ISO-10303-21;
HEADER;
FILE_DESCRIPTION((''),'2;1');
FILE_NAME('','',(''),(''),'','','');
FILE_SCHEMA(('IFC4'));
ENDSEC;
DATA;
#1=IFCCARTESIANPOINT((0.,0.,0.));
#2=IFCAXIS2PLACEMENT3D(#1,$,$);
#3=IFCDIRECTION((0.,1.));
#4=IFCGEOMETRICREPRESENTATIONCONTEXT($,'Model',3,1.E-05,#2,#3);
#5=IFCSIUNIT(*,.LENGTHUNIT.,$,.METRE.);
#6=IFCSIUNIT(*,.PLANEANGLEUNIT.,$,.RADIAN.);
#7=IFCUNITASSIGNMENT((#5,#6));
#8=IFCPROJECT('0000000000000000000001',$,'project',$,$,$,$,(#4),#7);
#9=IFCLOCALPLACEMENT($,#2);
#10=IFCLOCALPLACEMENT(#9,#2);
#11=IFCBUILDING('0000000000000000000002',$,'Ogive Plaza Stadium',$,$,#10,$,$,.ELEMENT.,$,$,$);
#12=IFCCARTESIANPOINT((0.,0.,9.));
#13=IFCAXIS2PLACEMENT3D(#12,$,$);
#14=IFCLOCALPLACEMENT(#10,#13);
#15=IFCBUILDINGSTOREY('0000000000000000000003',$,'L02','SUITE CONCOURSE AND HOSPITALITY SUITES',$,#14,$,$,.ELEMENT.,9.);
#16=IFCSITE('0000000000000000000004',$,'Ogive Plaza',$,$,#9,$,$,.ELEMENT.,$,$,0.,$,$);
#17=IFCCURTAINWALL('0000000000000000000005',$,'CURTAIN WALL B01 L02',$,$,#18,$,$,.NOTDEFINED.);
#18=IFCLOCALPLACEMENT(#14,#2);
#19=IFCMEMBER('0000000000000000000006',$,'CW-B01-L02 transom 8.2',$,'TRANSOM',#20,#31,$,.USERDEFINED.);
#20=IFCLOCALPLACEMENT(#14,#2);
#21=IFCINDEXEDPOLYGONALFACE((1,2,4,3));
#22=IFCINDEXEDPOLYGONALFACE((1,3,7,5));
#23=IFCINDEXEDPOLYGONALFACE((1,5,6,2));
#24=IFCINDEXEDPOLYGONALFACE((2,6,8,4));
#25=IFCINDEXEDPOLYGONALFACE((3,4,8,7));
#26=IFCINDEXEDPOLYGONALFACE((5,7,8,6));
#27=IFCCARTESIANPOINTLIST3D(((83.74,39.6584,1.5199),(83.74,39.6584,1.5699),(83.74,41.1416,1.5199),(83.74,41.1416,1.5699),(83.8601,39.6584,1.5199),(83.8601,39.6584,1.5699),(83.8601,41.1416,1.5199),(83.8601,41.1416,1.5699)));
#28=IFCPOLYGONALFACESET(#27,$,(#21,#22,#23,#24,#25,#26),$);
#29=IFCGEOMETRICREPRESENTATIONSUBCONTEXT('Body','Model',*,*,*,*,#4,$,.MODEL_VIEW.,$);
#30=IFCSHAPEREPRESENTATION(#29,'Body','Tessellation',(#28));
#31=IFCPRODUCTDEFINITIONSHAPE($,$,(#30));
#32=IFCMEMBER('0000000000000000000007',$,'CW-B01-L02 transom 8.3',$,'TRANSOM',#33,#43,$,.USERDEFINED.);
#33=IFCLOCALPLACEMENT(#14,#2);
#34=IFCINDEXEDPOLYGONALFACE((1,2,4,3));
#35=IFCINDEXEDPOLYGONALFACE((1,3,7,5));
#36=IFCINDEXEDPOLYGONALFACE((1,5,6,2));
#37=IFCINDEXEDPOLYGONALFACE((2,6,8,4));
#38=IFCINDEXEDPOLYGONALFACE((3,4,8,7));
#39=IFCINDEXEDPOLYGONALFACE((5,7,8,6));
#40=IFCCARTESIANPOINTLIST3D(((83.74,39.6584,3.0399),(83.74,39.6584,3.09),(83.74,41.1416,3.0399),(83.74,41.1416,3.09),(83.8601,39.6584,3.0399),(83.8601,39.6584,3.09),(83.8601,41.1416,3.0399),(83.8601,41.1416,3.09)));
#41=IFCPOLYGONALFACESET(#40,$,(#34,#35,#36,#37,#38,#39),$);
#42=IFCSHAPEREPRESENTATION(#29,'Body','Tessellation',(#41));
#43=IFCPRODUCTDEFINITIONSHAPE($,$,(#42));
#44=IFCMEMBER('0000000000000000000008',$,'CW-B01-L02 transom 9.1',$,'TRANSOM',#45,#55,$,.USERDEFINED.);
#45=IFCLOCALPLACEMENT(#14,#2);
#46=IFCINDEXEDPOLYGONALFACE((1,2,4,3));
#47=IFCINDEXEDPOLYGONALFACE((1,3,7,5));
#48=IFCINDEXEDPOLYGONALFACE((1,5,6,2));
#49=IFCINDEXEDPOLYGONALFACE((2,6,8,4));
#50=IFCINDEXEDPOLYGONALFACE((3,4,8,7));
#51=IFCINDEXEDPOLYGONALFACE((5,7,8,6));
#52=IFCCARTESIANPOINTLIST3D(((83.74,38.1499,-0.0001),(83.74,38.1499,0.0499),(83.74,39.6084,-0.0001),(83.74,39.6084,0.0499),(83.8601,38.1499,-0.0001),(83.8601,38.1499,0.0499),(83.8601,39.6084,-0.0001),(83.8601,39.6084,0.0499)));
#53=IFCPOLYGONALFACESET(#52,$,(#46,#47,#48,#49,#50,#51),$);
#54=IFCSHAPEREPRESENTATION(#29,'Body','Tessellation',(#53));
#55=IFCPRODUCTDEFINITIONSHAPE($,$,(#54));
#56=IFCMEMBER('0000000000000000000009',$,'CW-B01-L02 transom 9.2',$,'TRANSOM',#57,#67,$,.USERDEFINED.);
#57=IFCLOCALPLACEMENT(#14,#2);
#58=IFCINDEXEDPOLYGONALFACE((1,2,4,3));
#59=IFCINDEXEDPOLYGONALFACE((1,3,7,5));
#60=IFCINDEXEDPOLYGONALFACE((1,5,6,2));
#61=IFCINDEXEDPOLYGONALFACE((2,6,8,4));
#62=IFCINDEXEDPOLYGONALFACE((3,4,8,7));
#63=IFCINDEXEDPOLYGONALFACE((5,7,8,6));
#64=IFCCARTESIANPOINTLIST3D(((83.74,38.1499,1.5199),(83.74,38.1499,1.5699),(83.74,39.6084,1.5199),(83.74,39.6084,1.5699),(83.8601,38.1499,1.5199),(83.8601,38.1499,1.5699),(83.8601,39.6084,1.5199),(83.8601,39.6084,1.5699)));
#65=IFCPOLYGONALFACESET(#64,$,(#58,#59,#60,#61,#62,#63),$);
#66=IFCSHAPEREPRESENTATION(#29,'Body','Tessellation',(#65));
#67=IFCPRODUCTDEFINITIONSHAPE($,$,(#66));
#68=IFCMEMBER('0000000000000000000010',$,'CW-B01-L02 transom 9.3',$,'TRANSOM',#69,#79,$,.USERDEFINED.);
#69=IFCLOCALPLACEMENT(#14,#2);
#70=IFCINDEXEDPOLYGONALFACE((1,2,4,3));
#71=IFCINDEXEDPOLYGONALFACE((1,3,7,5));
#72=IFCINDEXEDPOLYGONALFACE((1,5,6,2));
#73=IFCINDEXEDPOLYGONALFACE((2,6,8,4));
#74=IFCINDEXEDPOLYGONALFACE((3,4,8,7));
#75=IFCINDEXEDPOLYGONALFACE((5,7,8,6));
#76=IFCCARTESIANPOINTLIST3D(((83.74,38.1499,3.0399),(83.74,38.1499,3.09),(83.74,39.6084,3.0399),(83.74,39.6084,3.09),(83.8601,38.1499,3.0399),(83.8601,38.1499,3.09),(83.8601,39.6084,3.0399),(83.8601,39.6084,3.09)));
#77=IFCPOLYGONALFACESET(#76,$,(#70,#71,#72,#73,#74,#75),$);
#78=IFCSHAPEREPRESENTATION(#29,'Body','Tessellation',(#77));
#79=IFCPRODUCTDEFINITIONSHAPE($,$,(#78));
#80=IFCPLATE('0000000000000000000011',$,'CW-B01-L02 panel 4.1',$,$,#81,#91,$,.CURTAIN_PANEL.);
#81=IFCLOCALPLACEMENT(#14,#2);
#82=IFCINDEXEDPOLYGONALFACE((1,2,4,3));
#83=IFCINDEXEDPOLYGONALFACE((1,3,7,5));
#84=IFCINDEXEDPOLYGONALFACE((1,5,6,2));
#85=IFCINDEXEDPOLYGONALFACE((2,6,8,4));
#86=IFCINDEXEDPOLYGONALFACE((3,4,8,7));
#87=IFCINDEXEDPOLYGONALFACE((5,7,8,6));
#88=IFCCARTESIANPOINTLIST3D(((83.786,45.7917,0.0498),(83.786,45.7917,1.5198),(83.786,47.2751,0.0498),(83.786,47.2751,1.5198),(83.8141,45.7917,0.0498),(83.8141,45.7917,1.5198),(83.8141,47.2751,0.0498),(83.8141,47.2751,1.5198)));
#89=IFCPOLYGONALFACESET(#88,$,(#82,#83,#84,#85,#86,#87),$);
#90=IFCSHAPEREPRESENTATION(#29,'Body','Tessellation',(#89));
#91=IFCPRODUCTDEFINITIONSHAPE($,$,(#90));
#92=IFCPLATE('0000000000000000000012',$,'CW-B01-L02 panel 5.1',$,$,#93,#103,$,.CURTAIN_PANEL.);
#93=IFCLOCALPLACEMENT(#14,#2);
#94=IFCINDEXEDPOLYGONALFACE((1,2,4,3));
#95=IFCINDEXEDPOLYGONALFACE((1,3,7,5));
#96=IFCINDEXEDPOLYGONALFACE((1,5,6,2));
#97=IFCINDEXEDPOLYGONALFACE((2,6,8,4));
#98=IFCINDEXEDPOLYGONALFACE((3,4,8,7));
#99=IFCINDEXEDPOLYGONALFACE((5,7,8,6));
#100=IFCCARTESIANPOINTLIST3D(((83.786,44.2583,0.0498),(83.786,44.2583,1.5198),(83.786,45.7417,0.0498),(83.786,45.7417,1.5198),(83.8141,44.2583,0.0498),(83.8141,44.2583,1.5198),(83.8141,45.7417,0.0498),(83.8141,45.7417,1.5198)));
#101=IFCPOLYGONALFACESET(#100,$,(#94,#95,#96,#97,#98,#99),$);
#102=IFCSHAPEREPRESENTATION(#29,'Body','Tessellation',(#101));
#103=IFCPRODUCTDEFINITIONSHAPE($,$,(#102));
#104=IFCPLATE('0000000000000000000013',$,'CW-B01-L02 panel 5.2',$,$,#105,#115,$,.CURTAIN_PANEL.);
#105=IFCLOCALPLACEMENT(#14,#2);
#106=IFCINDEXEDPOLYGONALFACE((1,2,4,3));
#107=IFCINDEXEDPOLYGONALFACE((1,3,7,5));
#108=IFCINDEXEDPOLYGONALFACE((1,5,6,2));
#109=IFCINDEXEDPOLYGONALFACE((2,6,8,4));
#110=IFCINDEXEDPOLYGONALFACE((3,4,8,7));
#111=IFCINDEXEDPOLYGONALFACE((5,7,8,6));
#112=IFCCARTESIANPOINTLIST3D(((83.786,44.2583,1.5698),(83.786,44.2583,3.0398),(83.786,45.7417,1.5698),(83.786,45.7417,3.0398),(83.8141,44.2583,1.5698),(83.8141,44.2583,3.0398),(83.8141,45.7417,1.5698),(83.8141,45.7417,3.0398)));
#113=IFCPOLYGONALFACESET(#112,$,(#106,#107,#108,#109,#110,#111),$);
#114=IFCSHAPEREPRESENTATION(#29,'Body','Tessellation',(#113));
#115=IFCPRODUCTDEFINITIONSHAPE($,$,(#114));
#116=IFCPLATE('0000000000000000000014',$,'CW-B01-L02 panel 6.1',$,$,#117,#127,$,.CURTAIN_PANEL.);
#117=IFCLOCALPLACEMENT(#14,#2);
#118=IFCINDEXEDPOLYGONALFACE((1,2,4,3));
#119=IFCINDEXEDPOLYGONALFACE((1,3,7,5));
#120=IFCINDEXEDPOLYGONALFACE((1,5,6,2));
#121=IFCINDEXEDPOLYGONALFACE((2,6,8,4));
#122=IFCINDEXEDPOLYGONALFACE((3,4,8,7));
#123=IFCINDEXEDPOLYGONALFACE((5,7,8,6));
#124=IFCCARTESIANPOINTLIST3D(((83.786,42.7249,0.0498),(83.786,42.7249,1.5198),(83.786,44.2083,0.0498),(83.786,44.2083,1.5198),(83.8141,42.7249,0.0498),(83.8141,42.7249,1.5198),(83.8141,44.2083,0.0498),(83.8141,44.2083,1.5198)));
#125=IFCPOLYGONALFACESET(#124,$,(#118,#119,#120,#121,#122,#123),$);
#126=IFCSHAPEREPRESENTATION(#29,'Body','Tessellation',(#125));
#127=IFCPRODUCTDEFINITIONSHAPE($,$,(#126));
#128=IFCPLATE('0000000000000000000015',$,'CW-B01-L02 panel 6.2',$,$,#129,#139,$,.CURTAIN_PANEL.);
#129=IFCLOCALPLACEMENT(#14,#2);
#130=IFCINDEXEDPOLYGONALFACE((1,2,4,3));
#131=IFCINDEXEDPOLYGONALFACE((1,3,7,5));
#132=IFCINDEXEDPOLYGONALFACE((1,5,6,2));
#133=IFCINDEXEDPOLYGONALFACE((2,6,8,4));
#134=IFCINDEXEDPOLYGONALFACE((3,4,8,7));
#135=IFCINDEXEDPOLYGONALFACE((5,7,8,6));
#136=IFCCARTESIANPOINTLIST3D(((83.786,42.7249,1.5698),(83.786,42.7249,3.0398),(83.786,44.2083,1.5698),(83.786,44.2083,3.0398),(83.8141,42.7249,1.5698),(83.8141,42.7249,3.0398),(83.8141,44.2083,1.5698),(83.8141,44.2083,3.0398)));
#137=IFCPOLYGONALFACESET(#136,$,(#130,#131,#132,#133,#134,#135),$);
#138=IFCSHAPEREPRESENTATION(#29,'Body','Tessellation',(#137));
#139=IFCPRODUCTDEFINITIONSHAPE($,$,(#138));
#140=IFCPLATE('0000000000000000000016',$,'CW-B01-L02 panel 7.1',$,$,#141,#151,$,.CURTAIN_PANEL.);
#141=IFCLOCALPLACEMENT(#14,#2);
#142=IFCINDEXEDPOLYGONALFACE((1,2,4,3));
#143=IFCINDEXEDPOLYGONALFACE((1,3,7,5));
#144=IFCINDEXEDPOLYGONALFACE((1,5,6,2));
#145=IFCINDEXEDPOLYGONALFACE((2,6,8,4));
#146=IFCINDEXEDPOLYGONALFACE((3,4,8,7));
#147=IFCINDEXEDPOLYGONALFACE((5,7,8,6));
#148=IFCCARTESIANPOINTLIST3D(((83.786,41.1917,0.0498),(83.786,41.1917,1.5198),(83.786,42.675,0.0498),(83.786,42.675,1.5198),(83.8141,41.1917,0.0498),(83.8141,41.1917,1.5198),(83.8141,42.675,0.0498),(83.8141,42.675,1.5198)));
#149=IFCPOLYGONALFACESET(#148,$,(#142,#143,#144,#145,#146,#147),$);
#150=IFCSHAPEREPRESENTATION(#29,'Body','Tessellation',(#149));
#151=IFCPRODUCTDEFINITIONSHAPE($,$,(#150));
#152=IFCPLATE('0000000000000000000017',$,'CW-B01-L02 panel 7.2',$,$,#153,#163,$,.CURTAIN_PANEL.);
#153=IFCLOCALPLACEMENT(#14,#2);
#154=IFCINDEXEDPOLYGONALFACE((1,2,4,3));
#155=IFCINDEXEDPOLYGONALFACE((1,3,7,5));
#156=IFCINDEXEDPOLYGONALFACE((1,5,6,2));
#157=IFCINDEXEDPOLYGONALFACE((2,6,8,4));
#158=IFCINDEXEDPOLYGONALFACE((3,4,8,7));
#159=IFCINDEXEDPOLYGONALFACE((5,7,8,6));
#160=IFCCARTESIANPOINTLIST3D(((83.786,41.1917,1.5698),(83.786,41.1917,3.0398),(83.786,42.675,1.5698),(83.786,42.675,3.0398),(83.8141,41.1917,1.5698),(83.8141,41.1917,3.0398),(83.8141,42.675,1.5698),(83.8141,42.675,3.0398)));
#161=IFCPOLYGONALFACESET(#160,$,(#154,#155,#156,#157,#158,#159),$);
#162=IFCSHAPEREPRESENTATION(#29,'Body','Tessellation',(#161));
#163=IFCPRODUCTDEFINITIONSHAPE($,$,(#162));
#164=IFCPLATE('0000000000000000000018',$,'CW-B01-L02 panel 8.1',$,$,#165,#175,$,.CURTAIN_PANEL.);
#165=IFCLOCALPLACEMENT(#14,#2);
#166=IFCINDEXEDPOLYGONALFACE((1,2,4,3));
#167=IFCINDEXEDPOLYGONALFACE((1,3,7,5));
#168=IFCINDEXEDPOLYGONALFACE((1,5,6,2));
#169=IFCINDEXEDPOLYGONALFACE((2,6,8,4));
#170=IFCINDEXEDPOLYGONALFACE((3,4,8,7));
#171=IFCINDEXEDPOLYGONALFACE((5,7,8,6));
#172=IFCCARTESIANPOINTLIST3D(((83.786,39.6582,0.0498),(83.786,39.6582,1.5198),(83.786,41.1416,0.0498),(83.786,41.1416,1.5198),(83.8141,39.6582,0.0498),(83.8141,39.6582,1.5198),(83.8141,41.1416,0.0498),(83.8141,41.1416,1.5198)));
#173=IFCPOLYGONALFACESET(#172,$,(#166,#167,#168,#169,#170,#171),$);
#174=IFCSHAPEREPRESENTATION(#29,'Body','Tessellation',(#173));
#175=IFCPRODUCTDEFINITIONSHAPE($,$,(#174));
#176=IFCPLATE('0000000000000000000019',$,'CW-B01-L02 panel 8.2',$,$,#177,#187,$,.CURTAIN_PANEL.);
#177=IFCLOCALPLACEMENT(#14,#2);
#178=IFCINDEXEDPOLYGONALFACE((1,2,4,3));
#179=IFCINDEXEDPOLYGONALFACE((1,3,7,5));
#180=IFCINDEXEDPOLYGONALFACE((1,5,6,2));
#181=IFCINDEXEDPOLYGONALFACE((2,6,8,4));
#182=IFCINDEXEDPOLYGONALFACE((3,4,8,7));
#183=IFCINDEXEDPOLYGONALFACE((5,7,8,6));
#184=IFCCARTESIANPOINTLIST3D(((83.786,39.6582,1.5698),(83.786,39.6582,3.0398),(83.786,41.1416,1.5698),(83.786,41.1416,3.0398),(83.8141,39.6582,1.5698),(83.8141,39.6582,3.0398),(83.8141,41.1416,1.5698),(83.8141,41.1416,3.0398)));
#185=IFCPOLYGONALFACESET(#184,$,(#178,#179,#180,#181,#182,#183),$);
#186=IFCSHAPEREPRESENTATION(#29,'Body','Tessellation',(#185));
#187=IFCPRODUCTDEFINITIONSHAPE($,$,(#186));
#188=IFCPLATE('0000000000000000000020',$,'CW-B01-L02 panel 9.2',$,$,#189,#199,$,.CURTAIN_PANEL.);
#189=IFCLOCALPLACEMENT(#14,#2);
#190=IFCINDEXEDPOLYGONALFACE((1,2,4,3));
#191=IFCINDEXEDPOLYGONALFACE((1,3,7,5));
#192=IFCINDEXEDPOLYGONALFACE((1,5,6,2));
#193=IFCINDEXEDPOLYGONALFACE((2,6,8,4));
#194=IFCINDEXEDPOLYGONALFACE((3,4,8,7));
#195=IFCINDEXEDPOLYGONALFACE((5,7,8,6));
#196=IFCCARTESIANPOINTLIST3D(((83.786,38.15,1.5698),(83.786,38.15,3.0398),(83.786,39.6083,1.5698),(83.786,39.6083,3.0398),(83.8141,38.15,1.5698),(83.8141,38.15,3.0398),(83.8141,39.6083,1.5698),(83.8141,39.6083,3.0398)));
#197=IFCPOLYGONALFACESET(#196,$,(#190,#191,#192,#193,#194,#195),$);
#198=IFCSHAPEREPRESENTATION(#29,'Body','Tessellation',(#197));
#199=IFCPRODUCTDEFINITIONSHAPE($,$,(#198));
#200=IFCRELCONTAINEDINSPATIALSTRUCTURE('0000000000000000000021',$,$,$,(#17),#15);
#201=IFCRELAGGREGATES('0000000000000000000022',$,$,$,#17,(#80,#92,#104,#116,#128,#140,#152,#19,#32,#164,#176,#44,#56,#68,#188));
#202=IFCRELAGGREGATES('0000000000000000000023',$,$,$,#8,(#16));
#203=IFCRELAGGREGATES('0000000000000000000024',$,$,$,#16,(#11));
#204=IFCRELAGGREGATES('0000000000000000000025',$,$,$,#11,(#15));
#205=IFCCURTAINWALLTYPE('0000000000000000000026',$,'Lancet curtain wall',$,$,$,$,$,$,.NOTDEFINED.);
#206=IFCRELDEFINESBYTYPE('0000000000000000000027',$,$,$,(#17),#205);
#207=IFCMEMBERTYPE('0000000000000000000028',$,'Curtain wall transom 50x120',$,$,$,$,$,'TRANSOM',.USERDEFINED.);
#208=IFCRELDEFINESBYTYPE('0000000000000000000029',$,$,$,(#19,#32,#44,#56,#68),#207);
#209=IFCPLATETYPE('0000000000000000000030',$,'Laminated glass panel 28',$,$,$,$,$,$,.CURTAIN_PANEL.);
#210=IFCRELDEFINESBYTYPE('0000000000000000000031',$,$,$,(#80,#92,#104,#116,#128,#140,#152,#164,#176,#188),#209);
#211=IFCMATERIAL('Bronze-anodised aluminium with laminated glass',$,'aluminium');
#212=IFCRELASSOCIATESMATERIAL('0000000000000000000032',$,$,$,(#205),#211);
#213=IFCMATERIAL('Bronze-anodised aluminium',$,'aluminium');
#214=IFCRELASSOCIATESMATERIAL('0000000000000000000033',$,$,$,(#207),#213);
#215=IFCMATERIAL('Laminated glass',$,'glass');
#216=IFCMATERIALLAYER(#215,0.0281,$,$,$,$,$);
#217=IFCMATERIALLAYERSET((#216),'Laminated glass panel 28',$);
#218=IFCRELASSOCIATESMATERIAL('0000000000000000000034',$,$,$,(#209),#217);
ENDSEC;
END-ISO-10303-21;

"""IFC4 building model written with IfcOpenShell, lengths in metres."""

from ifc_helpers import new_model, si_unit, direction, frame, origin, origin_2d, place, context, subcontext, project, spatial, rectangle, extrude, material, layer, layer_set, material_profile, profile_set, type_object, element, aggregate, save


model = new_model("IFC4")

# Units and contexts
model_context = context("Model", 3, precision=1e-05, world=origin(), true_north=direction((0.0, 1.0)))
body_context = subcontext(model_context, "Body", "Model", "MODEL_VIEW")
ifc_project = project(units=[si_unit("LENGTHUNIT", "METRE"), si_unit("PLANEANGLEUNIT", "RADIAN")], contexts=[model_context])

# Site, building, storey
site_placement = place(None, origin())
site = spatial("IfcSite", under=ifc_project, at=site_placement, Name="Ogive Plaza", CompositionType="ELEMENT", RefElevation=0.0)
building_placement = place(site_placement, origin())
building = spatial("IfcBuilding", under=site, at=building_placement, Name="Ogive Plaza Stadium", CompositionType="ELEMENT")
storey_placement = place(building_placement, frame((0.0, 0.0, 9.0)))
storey = spatial("IfcBuildingStorey", under=building, at=storey_placement, Name="L02", Description="SUITE CONCOURSE AND HOSPITALITY SUITES", CompositionType="ELEMENT", Elevation=9.0)

# Curtain wall, members, plates
ifc_material_1 = material(Name="Bronze-anodised aluminium with laminated glass", Category="aluminium")
curtain_wall_type = type_object("IfcCurtainWallType", Name="Lancet curtain wall", PredefinedType="NOTDEFINED", material=ifc_material_1)
curtain_wall_placement = place(storey_placement, origin())
curtain_wall = element("IfcCurtainWall", 1, at=curtain_wall_placement, inside=storey, type_object=curtain_wall_type, Name="CURTAIN WALL B01 L02", PredefinedType="NOTDEFINED")
ifc_material_2 = material(Name="Bronze-anodised aluminium", Category="aluminium")
ifc_material_profile_1 = material_profile(ifc_material_2, rectangle(XDim=0.1201, YDim=0.05, at=origin_2d()), Name="AL 120x50")
ifc_profile_set_1 = profile_set([ifc_material_profile_1], Name="Bronze-anodised aluminium")
member_type_1 = type_object("IfcMemberType", Name="Curtain wall transom 50x120", ElementType="TRANSOM", PredefinedType="USERDEFINED", material=ifc_profile_set_1)
member_1_placement = place(storey_placement, frame((83.8, 41.1416, 1.5449), z_axis=(0.0, -1.0, 0.0), x_axis=(1.0, 0.0, 0.0)))
member_1 = element("IfcMember", 2, at=member_1_placement, type_object=member_type_1, Name="CW-B01-L02 transom 8.2", ObjectType="TRANSOM", PredefinedType="USERDEFINED", context=body_context, shape_type="SweptSolid", body=[
    extrude(rectangle(XDim=0.1201, YDim=0.05, at=origin_2d()), origin(), (0.0, 0.0, 1.0), 1.4832),
])
member_2_placement = place(storey_placement, frame((83.8, 41.1416, 3.0649), z_axis=(0.0, -1.0, 0.0), x_axis=(1.0, 0.0, 0.0)))
member_2 = element("IfcMember", 3, at=member_2_placement, type_object=member_type_1, Name="CW-B01-L02 transom 8.3", ObjectType="TRANSOM", PredefinedType="USERDEFINED", context=body_context, shape_type="SweptSolid", body=[
    extrude(rectangle(XDim=0.1201, YDim=0.05, at=origin_2d()), origin(), (0.0, 0.0, 1.0), 1.4832),
])
member_3_placement = place(storey_placement, frame((83.8, 39.6084, 0.0249), z_axis=(0.0, -1.0, 0.0), x_axis=(1.0, 0.0, 0.0)))
member_3 = element("IfcMember", 4, at=member_3_placement, type_object=member_type_1, Name="CW-B01-L02 transom 9.1", ObjectType="TRANSOM", PredefinedType="USERDEFINED", context=body_context, shape_type="SweptSolid", body=[
    extrude(rectangle(XDim=0.1201, YDim=0.05, at=origin_2d()), origin(), (0.0, 0.0, 1.0), 1.4585),
])
member_4_placement = place(storey_placement, frame((83.8, 39.6084, 1.5449), z_axis=(0.0, -1.0, 0.0), x_axis=(1.0, 0.0, 0.0)))
member_4 = element("IfcMember", 5, at=member_4_placement, type_object=member_type_1, Name="CW-B01-L02 transom 9.2", ObjectType="TRANSOM", PredefinedType="USERDEFINED", context=body_context, shape_type="SweptSolid", body=[
    extrude(rectangle(XDim=0.1201, YDim=0.05, at=origin_2d()), origin(), (0.0, 0.0, 1.0), 1.4585),
])
member_5_placement = place(storey_placement, frame((83.8, 39.6084, 3.0649), z_axis=(0.0, -1.0, 0.0), x_axis=(1.0, 0.0, 0.0)))
member_5 = element("IfcMember", 6, at=member_5_placement, type_object=member_type_1, Name="CW-B01-L02 transom 9.3", ObjectType="TRANSOM", PredefinedType="USERDEFINED", context=body_context, shape_type="SweptSolid", body=[
    extrude(rectangle(XDim=0.1201, YDim=0.05, at=origin_2d()), origin(), (0.0, 0.0, 1.0), 1.4585),
])
ifc_material_3 = material(Name="Laminated glass", Category="glass")
ifc_layer_1 = layer(ifc_material_3, 0.0281)
ifc_layer_set_1 = layer_set([ifc_layer_1], Name="Laminated glass panel 28")
plate_type = type_object("IfcPlateType", Name="Laminated glass panel 28", PredefinedType="CURTAIN_PANEL", material=ifc_layer_set_1)
plate_1_placement = place(storey_placement, frame((83.8, 46.5334, 0.0498), z_axis=(0.0, 0.0, 1.0), x_axis=(0.0, -1.0, 0.0)))
plate_1 = element("IfcPlate", 7, at=plate_1_placement, type_object=plate_type, Name="CW-B01-L02 panel 4.1", PredefinedType="CURTAIN_PANEL", context=body_context, shape_type="SweptSolid", body=[
    extrude(rectangle(XDim=1.4834, YDim=0.0281, at=origin_2d()), origin(), (0.0, 0.0, 1.0), 1.47),
])
plate_2_placement = place(storey_placement, frame((83.8, 45.0, 0.0498), z_axis=(0.0, 0.0, 1.0), x_axis=(0.0, -1.0, 0.0)))
plate_2 = element("IfcPlate", 8, at=plate_2_placement, type_object=plate_type, Name="CW-B01-L02 panel 5.1", PredefinedType="CURTAIN_PANEL", context=body_context, shape_type="SweptSolid", body=[
    extrude(rectangle(XDim=1.4834, YDim=0.0281, at=origin_2d()), origin(), (0.0, 0.0, 1.0), 1.47),
])
plate_3_placement = place(storey_placement, frame((83.8, 45.0, 1.5698), z_axis=(0.0, 0.0, 1.0), x_axis=(0.0, -1.0, 0.0)))
plate_3 = element("IfcPlate", 9, at=plate_3_placement, type_object=plate_type, Name="CW-B01-L02 panel 5.2", PredefinedType="CURTAIN_PANEL", context=body_context, shape_type="SweptSolid", body=[
    extrude(rectangle(XDim=1.4834, YDim=0.0281, at=origin_2d()), origin(), (0.0, 0.0, 1.0), 1.47),
])
plate_4_placement = place(storey_placement, frame((83.8, 43.4666, 0.0498), z_axis=(0.0, 0.0, 1.0), x_axis=(0.0, -1.0, 0.0)))
plate_4 = element("IfcPlate", 10, at=plate_4_placement, type_object=plate_type, Name="CW-B01-L02 panel 6.1", PredefinedType="CURTAIN_PANEL", context=body_context, shape_type="SweptSolid", body=[
    extrude(rectangle(XDim=1.4834, YDim=0.0281, at=origin_2d()), origin(), (0.0, 0.0, 1.0), 1.47),
])
plate_5_placement = place(storey_placement, frame((83.8, 43.4666, 1.5698), z_axis=(0.0, 0.0, 1.0), x_axis=(0.0, -1.0, 0.0)))
plate_5 = element("IfcPlate", 11, at=plate_5_placement, type_object=plate_type, Name="CW-B01-L02 panel 6.2", PredefinedType="CURTAIN_PANEL", context=body_context, shape_type="SweptSolid", body=[
    extrude(rectangle(XDim=1.4834, YDim=0.0281, at=origin_2d()), origin(), (0.0, 0.0, 1.0), 1.47),
])
plate_6_placement = place(storey_placement, frame((83.8, 41.9333, 0.0498), z_axis=(0.0, 0.0, 1.0), x_axis=(0.0, -1.0, 0.0)))
plate_6 = element("IfcPlate", 12, at=plate_6_placement, type_object=plate_type, Name="CW-B01-L02 panel 7.1", PredefinedType="CURTAIN_PANEL", context=body_context, shape_type="SweptSolid", body=[
    extrude(rectangle(XDim=1.4834, YDim=0.0281, at=origin_2d()), origin(), (0.0, 0.0, 1.0), 1.47),
])
plate_7_placement = place(storey_placement, frame((83.8, 41.9333, 1.5698), z_axis=(0.0, 0.0, 1.0), x_axis=(0.0, -1.0, 0.0)))
plate_7 = element("IfcPlate", 13, at=plate_7_placement, type_object=plate_type, Name="CW-B01-L02 panel 7.2", PredefinedType="CURTAIN_PANEL", context=body_context, shape_type="SweptSolid", body=[
    extrude(rectangle(XDim=1.4834, YDim=0.0281, at=origin_2d()), origin(), (0.0, 0.0, 1.0), 1.47),
])
plate_8_placement = place(storey_placement, frame((83.8, 40.3999, 0.0498), z_axis=(0.0, 0.0, 1.0), x_axis=(0.0, -1.0, 0.0)))
plate_8 = element("IfcPlate", 14, at=plate_8_placement, type_object=plate_type, Name="CW-B01-L02 panel 8.1", PredefinedType="CURTAIN_PANEL", context=body_context, shape_type="SweptSolid", body=[
    extrude(rectangle(XDim=1.4834, YDim=0.0281, at=origin_2d()), origin(), (0.0, 0.0, 1.0), 1.47),
])
plate_9_placement = place(storey_placement, frame((83.8, 40.3999, 1.5698), z_axis=(0.0, 0.0, 1.0), x_axis=(0.0, -1.0, 0.0)))
plate_9 = element("IfcPlate", 15, at=plate_9_placement, type_object=plate_type, Name="CW-B01-L02 panel 8.2", PredefinedType="CURTAIN_PANEL", context=body_context, shape_type="SweptSolid", body=[
    extrude(rectangle(XDim=1.4834, YDim=0.0281, at=origin_2d()), origin(), (0.0, 0.0, 1.0), 1.47),
])
plate_10_placement = place(storey_placement, frame((83.8, 38.8792, 1.5698), z_axis=(0.0, 0.0, 1.0), x_axis=(0.0, -1.0, 0.0)))
plate_10 = element("IfcPlate", 16, at=plate_10_placement, type_object=plate_type, Name="CW-B01-L02 panel 9.2", PredefinedType="CURTAIN_PANEL", context=body_context, shape_type="SweptSolid", body=[
    extrude(rectangle(XDim=1.4583, YDim=0.0281, at=origin_2d()), origin(), (0.0, 0.0, 1.0), 1.47),
])
aggregate(curtain_wall, [plate_1, plate_2, plate_3, plate_4, plate_5, plate_6, plate_7, member_1, member_2, plate_8, plate_9, member_3, member_4, member_5, plate_10])

save(model, "model.ifc")
